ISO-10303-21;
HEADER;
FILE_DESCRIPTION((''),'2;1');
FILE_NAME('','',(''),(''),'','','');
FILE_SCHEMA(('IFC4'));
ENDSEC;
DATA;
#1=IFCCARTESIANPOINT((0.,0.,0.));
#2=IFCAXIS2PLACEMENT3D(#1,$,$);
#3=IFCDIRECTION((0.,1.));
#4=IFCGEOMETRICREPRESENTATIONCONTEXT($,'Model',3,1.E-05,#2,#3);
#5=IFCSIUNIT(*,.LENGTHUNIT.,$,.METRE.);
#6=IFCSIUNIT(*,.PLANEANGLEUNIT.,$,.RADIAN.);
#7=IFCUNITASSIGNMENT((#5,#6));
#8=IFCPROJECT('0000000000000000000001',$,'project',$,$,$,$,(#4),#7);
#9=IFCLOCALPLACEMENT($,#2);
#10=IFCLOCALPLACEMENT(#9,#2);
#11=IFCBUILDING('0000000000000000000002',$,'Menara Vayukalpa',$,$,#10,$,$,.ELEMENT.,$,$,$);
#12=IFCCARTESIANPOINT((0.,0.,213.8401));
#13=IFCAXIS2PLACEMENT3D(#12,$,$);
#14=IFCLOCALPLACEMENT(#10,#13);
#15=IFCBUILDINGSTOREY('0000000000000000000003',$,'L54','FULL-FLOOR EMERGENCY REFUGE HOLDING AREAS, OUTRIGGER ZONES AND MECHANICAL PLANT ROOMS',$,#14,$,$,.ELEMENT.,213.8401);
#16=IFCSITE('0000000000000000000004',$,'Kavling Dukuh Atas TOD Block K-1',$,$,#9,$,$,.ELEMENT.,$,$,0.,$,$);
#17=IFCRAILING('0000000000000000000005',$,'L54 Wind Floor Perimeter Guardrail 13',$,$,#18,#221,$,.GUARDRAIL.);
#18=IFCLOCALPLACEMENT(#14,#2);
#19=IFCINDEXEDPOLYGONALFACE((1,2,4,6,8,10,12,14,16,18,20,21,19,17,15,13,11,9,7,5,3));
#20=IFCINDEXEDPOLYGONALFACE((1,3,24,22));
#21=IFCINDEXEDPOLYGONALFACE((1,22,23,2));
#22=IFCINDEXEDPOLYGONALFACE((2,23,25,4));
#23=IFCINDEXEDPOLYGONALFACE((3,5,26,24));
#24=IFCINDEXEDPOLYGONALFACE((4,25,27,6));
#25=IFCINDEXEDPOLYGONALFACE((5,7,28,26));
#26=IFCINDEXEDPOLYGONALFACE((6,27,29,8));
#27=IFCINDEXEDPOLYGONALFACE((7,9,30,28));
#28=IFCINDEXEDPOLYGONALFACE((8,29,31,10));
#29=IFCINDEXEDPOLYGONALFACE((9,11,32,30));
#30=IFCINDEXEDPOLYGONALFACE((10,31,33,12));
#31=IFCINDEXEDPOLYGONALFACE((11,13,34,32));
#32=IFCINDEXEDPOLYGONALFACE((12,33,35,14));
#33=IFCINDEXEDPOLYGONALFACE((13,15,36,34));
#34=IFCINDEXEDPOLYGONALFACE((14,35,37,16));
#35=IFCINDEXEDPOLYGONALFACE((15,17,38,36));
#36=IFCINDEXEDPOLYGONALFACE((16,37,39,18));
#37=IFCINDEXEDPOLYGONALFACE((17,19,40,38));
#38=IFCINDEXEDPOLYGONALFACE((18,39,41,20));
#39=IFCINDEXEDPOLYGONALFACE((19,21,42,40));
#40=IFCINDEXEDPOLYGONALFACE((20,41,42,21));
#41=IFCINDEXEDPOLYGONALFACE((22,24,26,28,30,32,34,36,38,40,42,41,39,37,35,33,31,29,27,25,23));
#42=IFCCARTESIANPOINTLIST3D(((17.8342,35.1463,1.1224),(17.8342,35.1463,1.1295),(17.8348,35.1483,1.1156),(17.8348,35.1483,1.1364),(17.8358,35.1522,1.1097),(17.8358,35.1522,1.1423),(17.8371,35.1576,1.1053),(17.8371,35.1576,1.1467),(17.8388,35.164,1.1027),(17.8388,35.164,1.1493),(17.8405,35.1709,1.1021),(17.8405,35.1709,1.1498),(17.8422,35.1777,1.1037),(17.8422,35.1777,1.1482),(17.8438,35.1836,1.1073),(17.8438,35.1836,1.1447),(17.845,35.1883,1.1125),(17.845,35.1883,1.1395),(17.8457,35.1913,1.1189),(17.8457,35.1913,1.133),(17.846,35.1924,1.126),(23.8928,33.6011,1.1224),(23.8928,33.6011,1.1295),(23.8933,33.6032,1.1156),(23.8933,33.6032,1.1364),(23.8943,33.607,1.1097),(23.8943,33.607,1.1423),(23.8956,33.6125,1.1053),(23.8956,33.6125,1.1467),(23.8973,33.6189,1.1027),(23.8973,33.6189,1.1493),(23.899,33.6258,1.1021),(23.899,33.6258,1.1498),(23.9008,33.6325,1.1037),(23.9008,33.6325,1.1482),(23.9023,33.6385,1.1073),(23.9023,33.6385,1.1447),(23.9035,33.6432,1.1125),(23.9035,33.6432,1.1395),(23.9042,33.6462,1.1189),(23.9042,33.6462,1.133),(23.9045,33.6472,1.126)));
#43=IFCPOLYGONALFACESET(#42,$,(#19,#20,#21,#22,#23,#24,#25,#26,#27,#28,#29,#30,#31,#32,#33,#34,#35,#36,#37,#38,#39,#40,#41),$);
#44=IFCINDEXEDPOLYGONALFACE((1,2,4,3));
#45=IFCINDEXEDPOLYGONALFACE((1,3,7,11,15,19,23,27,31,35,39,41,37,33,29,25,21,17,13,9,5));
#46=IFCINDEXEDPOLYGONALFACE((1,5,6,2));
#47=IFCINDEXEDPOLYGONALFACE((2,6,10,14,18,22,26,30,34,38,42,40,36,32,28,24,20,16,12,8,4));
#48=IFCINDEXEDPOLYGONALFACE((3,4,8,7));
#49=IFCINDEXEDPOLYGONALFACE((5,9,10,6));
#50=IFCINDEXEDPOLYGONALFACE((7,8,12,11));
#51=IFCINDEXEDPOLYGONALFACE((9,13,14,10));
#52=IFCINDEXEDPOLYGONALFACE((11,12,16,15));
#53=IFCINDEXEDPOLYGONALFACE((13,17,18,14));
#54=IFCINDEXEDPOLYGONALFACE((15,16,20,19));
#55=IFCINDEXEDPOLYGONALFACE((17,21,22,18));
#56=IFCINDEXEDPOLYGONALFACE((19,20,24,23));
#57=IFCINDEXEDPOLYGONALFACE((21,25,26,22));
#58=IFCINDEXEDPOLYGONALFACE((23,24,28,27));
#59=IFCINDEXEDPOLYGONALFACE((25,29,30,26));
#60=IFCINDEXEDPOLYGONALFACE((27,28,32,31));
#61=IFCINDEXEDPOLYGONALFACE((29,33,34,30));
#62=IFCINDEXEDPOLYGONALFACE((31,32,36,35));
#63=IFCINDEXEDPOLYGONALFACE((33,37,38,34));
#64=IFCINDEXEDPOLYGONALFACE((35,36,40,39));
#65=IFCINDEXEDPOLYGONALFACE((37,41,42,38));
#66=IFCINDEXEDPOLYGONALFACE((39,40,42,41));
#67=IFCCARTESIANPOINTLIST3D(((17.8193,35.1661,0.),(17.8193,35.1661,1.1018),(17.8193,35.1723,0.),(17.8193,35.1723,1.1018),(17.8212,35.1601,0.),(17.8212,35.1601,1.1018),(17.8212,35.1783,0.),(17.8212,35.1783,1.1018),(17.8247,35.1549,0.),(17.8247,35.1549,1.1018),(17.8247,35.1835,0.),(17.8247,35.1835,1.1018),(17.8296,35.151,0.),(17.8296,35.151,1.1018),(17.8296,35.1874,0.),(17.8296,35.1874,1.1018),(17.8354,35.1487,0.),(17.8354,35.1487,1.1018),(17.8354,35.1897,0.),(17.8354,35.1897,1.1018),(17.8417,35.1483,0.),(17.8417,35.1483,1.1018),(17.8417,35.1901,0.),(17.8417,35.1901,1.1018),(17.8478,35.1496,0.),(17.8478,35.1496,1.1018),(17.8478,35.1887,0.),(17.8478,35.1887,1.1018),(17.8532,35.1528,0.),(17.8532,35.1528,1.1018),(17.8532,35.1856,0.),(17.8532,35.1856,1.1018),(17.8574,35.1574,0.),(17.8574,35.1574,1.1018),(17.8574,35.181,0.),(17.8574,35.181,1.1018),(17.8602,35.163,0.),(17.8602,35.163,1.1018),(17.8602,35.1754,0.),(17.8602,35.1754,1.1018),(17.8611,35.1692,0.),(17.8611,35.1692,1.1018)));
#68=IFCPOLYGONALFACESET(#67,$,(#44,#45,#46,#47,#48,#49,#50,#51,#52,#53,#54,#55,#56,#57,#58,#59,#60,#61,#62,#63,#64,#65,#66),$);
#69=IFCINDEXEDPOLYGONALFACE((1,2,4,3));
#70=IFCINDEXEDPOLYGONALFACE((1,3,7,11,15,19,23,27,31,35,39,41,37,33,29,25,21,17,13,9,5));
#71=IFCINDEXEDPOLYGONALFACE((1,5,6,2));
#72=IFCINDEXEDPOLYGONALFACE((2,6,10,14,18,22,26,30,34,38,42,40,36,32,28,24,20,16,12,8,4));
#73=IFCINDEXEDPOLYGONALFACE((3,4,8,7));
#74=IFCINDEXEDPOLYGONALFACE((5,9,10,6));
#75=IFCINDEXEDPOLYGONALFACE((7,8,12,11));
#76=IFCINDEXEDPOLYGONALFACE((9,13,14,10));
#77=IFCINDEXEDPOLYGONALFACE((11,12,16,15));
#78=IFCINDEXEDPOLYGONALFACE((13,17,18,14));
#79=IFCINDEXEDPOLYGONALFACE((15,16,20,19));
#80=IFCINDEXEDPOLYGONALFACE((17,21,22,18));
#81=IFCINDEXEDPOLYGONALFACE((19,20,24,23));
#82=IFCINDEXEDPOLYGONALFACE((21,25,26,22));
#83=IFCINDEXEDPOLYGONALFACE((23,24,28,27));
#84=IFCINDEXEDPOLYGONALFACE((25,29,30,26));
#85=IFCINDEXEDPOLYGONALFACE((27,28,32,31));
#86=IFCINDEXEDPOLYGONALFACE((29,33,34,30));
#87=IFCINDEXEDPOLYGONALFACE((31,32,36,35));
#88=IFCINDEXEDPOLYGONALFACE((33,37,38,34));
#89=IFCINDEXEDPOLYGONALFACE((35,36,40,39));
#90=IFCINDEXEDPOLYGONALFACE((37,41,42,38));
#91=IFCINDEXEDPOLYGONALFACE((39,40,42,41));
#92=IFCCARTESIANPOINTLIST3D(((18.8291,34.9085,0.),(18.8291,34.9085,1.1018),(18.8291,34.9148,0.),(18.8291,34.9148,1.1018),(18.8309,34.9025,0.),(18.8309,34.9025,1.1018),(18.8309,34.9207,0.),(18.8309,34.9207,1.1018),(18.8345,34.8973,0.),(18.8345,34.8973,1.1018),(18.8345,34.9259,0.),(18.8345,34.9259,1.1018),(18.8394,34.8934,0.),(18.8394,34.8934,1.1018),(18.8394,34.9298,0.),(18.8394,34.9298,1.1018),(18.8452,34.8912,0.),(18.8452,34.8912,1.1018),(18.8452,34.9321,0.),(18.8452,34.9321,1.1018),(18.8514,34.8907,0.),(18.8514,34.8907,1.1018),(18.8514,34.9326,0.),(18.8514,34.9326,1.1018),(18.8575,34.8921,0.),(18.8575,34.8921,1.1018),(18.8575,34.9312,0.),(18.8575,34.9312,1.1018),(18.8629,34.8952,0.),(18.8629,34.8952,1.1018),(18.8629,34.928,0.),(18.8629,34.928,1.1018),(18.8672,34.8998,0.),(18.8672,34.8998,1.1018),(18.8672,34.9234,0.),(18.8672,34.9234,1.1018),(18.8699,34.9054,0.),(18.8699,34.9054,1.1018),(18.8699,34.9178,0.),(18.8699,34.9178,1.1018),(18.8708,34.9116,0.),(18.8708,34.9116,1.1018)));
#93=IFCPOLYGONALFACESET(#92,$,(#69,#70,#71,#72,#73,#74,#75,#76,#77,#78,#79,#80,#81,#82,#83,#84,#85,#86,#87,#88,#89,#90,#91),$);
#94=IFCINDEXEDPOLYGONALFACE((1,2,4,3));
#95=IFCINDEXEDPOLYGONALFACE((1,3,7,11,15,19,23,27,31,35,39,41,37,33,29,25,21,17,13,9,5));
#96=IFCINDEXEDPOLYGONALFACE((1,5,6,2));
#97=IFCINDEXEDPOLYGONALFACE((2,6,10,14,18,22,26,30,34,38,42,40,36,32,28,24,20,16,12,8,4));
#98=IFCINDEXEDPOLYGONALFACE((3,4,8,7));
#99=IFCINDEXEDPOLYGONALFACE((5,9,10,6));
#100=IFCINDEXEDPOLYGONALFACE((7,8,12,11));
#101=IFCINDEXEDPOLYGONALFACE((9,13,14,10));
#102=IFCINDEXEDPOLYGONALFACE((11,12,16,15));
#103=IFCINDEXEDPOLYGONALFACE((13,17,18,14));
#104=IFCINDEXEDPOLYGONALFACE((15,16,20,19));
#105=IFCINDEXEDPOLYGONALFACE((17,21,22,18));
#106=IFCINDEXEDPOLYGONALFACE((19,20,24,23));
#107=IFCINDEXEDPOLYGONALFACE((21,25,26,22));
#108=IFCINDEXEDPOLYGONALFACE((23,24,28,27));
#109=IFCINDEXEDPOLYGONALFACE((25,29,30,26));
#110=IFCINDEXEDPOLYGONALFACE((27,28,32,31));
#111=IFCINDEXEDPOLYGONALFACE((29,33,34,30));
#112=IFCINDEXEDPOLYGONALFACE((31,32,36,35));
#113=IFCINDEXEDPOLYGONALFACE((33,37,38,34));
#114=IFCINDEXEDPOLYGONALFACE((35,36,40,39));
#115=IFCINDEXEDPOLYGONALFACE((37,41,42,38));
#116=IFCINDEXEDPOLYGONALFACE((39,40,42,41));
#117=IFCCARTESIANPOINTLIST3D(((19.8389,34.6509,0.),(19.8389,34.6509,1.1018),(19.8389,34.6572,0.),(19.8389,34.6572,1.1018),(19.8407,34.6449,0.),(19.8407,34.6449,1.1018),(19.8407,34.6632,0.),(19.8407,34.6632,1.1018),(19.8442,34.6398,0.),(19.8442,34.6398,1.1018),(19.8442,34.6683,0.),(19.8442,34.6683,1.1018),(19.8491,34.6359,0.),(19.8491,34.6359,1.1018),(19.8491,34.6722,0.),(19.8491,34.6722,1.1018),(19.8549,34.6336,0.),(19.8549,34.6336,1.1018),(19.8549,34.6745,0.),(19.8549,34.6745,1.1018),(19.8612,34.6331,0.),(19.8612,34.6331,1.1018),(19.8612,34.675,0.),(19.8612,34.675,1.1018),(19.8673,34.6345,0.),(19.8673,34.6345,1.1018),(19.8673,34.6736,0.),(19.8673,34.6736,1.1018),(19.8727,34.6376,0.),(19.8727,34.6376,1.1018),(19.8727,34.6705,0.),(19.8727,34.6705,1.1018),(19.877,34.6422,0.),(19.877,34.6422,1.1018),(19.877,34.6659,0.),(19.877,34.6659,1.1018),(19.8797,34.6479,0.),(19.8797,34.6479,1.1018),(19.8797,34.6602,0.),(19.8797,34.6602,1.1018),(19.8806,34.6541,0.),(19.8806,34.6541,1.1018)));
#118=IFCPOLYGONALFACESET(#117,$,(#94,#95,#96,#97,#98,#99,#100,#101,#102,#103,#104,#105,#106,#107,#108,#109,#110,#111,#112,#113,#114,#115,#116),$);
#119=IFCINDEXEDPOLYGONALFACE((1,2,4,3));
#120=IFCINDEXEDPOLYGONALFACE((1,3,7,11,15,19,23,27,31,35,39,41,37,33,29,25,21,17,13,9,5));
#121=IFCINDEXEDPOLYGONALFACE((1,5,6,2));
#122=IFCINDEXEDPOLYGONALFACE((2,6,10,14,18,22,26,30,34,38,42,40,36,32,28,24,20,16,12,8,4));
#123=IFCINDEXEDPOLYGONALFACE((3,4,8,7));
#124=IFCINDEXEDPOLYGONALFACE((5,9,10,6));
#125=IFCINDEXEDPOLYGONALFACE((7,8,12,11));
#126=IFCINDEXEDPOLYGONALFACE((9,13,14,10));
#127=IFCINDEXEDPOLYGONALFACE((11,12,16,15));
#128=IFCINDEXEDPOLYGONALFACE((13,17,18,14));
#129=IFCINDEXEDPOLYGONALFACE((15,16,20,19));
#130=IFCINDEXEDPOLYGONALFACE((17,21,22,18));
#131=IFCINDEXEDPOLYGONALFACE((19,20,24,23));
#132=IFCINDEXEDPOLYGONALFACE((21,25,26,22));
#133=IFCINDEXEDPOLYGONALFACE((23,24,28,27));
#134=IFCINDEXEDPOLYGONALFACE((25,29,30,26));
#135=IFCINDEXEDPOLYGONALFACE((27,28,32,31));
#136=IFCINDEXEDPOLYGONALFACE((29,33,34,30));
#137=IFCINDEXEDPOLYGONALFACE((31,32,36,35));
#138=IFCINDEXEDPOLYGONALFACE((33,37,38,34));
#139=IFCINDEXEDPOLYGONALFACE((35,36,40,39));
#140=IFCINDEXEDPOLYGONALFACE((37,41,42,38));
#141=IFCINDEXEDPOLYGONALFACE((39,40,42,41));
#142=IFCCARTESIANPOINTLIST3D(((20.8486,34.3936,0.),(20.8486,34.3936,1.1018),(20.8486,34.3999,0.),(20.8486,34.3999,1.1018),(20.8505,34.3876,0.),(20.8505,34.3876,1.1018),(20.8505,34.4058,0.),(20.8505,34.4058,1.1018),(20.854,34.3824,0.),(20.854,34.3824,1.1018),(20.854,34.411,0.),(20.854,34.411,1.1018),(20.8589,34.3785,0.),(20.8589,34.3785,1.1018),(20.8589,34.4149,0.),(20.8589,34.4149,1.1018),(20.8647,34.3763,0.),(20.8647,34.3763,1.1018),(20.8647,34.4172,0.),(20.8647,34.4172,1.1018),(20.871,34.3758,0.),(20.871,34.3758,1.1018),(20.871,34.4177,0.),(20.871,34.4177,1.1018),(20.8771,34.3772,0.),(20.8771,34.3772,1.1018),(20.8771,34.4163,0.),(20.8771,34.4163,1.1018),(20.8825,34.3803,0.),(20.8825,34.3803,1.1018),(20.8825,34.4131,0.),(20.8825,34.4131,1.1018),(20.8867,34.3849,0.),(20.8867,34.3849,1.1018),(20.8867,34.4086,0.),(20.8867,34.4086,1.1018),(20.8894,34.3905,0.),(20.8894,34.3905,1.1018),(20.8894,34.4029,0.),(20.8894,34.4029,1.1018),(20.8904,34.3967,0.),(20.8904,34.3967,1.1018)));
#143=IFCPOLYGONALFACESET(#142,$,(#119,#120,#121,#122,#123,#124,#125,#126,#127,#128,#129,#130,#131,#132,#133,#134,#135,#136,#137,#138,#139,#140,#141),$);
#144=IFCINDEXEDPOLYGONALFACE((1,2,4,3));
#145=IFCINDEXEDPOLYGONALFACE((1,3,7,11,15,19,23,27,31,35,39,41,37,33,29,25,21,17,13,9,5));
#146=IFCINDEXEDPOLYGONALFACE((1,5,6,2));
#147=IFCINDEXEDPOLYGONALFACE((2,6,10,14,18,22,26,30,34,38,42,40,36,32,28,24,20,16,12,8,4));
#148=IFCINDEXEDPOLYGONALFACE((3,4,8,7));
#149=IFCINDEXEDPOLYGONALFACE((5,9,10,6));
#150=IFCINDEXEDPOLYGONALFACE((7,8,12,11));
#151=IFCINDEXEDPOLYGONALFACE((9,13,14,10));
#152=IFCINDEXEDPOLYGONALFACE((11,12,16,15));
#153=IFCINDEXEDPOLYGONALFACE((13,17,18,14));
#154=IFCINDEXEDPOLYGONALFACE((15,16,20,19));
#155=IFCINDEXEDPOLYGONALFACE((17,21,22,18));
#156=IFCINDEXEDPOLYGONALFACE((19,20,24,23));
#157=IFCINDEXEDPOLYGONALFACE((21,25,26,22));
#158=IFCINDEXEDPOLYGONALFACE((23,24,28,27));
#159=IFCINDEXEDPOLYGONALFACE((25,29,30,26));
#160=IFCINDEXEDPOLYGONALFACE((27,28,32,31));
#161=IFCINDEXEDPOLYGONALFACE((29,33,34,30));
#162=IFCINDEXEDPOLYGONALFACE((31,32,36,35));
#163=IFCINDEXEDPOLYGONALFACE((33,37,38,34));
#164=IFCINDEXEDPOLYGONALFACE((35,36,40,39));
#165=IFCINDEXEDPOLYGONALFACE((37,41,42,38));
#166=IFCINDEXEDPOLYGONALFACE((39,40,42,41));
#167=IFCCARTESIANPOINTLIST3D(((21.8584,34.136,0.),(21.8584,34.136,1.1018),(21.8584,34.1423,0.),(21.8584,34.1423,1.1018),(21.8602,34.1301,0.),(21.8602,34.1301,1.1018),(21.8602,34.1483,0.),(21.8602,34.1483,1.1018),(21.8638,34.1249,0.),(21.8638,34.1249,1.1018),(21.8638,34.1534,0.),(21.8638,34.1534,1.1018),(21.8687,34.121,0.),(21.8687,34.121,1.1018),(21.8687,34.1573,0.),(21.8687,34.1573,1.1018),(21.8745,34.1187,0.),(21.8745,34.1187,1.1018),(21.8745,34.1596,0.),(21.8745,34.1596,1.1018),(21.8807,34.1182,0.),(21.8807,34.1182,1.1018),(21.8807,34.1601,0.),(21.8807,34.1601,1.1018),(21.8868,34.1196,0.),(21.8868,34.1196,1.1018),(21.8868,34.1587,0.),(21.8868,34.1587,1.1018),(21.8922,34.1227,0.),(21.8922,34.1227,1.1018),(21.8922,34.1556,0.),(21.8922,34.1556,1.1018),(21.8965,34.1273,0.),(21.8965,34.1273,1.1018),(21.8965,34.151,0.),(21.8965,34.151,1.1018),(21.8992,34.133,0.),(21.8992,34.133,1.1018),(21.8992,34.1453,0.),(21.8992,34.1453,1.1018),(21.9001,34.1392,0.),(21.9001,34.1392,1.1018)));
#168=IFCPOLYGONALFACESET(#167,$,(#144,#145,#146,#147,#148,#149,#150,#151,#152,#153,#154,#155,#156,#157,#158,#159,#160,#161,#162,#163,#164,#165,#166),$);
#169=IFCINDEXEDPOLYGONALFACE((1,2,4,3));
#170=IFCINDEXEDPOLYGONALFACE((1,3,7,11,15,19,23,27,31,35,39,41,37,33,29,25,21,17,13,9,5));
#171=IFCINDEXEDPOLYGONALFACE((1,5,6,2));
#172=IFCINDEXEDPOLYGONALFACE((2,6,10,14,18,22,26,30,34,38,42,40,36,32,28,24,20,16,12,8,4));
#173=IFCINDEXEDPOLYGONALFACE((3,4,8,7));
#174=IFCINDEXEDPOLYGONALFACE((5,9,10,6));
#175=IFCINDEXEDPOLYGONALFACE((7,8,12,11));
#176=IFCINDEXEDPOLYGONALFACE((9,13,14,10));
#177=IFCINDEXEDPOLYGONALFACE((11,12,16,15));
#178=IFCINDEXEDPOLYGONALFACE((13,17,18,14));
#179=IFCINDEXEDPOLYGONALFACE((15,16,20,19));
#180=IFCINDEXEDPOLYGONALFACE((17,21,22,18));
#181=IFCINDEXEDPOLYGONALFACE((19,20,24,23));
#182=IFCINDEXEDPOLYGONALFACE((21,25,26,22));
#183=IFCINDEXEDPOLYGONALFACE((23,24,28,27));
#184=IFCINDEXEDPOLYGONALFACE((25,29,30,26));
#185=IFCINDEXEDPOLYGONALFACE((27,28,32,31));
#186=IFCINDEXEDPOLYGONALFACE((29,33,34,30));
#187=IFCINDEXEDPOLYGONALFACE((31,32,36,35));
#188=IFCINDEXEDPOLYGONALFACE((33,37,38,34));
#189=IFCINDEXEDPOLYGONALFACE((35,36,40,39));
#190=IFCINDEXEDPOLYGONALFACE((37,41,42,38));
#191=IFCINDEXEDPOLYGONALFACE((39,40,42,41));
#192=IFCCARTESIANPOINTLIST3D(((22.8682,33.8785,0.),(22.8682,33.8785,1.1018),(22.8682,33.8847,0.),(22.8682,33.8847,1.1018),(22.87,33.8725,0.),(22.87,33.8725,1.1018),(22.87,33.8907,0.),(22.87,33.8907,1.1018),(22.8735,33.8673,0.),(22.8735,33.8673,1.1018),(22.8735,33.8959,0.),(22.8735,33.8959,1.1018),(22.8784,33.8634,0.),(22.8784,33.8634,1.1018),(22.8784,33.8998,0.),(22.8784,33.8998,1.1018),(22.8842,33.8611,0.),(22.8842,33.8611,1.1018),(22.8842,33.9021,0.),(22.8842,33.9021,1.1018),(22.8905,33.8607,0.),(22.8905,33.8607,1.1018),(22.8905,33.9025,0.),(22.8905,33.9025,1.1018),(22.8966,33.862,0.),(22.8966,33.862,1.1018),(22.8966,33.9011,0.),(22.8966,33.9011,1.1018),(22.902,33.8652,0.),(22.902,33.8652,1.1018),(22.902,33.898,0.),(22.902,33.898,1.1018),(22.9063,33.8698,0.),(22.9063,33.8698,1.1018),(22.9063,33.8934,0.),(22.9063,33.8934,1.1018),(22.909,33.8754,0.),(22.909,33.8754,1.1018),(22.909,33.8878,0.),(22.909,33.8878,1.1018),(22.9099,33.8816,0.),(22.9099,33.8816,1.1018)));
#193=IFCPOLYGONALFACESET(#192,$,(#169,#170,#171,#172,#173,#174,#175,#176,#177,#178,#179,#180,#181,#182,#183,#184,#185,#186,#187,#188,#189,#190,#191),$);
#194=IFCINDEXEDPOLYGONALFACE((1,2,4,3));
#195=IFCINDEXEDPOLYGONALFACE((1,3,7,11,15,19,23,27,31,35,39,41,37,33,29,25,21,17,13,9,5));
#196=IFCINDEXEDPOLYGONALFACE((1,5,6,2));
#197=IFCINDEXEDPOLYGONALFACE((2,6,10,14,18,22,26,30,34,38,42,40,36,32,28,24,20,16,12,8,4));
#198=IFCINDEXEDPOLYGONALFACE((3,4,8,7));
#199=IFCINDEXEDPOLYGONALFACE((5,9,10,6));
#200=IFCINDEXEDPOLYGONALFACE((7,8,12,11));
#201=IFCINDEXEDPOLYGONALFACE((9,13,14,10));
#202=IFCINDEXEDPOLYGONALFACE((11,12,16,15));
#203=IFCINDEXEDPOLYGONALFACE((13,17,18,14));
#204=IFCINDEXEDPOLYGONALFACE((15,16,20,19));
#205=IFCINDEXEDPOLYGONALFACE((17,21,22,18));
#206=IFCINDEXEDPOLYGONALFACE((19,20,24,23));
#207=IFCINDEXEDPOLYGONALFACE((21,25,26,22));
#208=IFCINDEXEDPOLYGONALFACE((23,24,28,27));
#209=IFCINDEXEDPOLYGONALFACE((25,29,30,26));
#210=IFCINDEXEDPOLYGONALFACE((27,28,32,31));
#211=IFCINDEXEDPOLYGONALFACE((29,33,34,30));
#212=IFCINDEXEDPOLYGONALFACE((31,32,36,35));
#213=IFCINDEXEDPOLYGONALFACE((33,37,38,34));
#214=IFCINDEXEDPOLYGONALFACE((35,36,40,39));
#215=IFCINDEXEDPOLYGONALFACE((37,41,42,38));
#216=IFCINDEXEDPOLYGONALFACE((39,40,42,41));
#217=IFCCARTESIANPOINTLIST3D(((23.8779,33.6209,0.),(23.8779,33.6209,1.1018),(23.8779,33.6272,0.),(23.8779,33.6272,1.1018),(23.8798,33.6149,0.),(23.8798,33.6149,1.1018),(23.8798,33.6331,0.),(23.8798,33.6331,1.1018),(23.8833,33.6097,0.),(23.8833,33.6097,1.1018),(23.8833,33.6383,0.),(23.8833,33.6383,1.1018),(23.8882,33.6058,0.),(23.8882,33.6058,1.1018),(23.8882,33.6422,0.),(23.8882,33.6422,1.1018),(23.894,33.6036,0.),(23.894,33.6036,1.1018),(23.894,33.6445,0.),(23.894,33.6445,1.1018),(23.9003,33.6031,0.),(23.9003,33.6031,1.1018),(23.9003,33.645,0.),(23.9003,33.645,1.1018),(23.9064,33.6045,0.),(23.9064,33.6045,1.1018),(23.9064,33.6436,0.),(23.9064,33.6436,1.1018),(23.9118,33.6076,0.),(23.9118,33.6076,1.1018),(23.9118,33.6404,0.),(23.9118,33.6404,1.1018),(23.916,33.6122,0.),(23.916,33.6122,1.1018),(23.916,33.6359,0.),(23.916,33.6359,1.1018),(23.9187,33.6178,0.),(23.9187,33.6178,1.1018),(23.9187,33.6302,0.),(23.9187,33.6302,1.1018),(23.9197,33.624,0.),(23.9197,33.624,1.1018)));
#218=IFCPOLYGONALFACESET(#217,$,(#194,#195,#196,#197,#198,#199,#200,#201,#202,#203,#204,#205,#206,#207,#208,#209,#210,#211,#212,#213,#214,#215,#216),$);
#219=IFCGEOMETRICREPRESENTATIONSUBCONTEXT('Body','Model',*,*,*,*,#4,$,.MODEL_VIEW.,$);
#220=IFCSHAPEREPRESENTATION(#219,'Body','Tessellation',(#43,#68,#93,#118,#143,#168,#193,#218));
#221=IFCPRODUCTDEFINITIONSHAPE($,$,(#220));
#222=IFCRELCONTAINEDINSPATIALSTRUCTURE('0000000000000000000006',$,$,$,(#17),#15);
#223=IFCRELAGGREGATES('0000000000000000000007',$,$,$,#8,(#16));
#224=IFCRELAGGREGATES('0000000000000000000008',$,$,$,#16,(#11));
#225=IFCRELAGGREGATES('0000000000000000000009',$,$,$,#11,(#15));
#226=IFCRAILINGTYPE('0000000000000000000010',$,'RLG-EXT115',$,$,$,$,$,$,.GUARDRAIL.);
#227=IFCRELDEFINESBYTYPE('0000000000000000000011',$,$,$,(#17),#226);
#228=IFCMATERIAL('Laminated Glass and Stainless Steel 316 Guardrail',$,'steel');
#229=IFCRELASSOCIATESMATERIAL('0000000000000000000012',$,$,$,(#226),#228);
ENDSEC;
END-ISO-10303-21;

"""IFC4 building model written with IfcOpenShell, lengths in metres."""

from ifc_helpers import new_model, si_unit, direction, frame, origin, origin_2d, place, context, subcontext, project, spatial, circle, extrude, material, type_object, element, save


model = new_model("IFC4")

# Units and contexts
model_context = context("Model", 3, precision=1e-05, world=origin(), true_north=direction((0.0, 1.0)))
body_context = subcontext(model_context, "Body", "Model", "MODEL_VIEW")
ifc_project = project(units=[si_unit("LENGTHUNIT", "METRE"), si_unit("PLANEANGLEUNIT", "RADIAN")], contexts=[model_context])

# Site, building, storey
site_placement = place(None, origin())
site = spatial("IfcSite", under=ifc_project, at=site_placement, Name="Kavling Dukuh Atas TOD Block K-1", CompositionType="ELEMENT", RefElevation=0.0)
building_placement = place(site_placement, origin())
building = spatial("IfcBuilding", under=site, at=building_placement, Name="Menara Vayukalpa", CompositionType="ELEMENT")
storey_placement = place(building_placement, frame((0.0, 0.0, 213.8401)))
storey = spatial("IfcBuildingStorey", under=building, at=storey_placement, Name="L54", Description="FULL-FLOOR EMERGENCY REFUGE HOLDING AREAS, OUTRIGGER ZONES AND MECHANICAL PLANT ROOMS", CompositionType="ELEMENT", Elevation=213.8401)

# Railing
ifc_material_1 = material(Name="Laminated Glass and Stainless Steel 316 Guardrail", Category="steel")
railing_type = type_object("IfcRailingType", Name="RLG-EXT115", PredefinedType="GUARDRAIL", material=ifc_material_1)
railing_1_placement = place(storey_placement, frame((17.8401, 35.1692, 0.0)))
element("IfcRailing", 1, at=railing_1_placement, inside=storey, type_object=railing_type, Name="L54 Wind Floor Perimeter Guardrail 13", PredefinedType="GUARDRAIL", context=body_context, shape_type="SweptSolid", body=[
    extrude(circle(Radius=0.0239, at=origin_2d()), frame((0.0, 0.0, 1.126), z_axis=(0.968983, -0.247127, 0.0), x_axis=(0.247127, 0.968983, 0.0)), (0.0, 0.0, 1.0), 6.2524),
    extrude(circle(Radius=0.021, at=origin_2d()), origin(), (0.0, 0.0, 1.0), 1.1018),
    extrude(circle(Radius=0.021, at=origin_2d()), frame((1.0098, -0.2576, 0.0)), (0.0, 0.0, 1.0), 1.1018),
    extrude(circle(Radius=0.021, at=origin_2d()), frame((2.0195, -0.5151, 0.0)), (0.0, 0.0, 1.0), 1.1018),
    extrude(circle(Radius=0.021, at=origin_2d()), frame((3.0293, -0.7725, 0.0)), (0.0, 0.0, 1.0), 1.1018),
    extrude(circle(Radius=0.021, at=origin_2d()), frame((4.0391, -1.03, 0.0)), (0.0, 0.0, 1.0), 1.1018),
    extrude(circle(Radius=0.021, at=origin_2d()), frame((5.0488, -1.2876, 0.0)), (0.0, 0.0, 1.0), 1.1018),
    extrude(circle(Radius=0.021, at=origin_2d()), frame((6.0586, -1.5452, 0.0)), (0.0, 0.0, 1.0), 1.1018),
])

save(model, "model.ifc")
